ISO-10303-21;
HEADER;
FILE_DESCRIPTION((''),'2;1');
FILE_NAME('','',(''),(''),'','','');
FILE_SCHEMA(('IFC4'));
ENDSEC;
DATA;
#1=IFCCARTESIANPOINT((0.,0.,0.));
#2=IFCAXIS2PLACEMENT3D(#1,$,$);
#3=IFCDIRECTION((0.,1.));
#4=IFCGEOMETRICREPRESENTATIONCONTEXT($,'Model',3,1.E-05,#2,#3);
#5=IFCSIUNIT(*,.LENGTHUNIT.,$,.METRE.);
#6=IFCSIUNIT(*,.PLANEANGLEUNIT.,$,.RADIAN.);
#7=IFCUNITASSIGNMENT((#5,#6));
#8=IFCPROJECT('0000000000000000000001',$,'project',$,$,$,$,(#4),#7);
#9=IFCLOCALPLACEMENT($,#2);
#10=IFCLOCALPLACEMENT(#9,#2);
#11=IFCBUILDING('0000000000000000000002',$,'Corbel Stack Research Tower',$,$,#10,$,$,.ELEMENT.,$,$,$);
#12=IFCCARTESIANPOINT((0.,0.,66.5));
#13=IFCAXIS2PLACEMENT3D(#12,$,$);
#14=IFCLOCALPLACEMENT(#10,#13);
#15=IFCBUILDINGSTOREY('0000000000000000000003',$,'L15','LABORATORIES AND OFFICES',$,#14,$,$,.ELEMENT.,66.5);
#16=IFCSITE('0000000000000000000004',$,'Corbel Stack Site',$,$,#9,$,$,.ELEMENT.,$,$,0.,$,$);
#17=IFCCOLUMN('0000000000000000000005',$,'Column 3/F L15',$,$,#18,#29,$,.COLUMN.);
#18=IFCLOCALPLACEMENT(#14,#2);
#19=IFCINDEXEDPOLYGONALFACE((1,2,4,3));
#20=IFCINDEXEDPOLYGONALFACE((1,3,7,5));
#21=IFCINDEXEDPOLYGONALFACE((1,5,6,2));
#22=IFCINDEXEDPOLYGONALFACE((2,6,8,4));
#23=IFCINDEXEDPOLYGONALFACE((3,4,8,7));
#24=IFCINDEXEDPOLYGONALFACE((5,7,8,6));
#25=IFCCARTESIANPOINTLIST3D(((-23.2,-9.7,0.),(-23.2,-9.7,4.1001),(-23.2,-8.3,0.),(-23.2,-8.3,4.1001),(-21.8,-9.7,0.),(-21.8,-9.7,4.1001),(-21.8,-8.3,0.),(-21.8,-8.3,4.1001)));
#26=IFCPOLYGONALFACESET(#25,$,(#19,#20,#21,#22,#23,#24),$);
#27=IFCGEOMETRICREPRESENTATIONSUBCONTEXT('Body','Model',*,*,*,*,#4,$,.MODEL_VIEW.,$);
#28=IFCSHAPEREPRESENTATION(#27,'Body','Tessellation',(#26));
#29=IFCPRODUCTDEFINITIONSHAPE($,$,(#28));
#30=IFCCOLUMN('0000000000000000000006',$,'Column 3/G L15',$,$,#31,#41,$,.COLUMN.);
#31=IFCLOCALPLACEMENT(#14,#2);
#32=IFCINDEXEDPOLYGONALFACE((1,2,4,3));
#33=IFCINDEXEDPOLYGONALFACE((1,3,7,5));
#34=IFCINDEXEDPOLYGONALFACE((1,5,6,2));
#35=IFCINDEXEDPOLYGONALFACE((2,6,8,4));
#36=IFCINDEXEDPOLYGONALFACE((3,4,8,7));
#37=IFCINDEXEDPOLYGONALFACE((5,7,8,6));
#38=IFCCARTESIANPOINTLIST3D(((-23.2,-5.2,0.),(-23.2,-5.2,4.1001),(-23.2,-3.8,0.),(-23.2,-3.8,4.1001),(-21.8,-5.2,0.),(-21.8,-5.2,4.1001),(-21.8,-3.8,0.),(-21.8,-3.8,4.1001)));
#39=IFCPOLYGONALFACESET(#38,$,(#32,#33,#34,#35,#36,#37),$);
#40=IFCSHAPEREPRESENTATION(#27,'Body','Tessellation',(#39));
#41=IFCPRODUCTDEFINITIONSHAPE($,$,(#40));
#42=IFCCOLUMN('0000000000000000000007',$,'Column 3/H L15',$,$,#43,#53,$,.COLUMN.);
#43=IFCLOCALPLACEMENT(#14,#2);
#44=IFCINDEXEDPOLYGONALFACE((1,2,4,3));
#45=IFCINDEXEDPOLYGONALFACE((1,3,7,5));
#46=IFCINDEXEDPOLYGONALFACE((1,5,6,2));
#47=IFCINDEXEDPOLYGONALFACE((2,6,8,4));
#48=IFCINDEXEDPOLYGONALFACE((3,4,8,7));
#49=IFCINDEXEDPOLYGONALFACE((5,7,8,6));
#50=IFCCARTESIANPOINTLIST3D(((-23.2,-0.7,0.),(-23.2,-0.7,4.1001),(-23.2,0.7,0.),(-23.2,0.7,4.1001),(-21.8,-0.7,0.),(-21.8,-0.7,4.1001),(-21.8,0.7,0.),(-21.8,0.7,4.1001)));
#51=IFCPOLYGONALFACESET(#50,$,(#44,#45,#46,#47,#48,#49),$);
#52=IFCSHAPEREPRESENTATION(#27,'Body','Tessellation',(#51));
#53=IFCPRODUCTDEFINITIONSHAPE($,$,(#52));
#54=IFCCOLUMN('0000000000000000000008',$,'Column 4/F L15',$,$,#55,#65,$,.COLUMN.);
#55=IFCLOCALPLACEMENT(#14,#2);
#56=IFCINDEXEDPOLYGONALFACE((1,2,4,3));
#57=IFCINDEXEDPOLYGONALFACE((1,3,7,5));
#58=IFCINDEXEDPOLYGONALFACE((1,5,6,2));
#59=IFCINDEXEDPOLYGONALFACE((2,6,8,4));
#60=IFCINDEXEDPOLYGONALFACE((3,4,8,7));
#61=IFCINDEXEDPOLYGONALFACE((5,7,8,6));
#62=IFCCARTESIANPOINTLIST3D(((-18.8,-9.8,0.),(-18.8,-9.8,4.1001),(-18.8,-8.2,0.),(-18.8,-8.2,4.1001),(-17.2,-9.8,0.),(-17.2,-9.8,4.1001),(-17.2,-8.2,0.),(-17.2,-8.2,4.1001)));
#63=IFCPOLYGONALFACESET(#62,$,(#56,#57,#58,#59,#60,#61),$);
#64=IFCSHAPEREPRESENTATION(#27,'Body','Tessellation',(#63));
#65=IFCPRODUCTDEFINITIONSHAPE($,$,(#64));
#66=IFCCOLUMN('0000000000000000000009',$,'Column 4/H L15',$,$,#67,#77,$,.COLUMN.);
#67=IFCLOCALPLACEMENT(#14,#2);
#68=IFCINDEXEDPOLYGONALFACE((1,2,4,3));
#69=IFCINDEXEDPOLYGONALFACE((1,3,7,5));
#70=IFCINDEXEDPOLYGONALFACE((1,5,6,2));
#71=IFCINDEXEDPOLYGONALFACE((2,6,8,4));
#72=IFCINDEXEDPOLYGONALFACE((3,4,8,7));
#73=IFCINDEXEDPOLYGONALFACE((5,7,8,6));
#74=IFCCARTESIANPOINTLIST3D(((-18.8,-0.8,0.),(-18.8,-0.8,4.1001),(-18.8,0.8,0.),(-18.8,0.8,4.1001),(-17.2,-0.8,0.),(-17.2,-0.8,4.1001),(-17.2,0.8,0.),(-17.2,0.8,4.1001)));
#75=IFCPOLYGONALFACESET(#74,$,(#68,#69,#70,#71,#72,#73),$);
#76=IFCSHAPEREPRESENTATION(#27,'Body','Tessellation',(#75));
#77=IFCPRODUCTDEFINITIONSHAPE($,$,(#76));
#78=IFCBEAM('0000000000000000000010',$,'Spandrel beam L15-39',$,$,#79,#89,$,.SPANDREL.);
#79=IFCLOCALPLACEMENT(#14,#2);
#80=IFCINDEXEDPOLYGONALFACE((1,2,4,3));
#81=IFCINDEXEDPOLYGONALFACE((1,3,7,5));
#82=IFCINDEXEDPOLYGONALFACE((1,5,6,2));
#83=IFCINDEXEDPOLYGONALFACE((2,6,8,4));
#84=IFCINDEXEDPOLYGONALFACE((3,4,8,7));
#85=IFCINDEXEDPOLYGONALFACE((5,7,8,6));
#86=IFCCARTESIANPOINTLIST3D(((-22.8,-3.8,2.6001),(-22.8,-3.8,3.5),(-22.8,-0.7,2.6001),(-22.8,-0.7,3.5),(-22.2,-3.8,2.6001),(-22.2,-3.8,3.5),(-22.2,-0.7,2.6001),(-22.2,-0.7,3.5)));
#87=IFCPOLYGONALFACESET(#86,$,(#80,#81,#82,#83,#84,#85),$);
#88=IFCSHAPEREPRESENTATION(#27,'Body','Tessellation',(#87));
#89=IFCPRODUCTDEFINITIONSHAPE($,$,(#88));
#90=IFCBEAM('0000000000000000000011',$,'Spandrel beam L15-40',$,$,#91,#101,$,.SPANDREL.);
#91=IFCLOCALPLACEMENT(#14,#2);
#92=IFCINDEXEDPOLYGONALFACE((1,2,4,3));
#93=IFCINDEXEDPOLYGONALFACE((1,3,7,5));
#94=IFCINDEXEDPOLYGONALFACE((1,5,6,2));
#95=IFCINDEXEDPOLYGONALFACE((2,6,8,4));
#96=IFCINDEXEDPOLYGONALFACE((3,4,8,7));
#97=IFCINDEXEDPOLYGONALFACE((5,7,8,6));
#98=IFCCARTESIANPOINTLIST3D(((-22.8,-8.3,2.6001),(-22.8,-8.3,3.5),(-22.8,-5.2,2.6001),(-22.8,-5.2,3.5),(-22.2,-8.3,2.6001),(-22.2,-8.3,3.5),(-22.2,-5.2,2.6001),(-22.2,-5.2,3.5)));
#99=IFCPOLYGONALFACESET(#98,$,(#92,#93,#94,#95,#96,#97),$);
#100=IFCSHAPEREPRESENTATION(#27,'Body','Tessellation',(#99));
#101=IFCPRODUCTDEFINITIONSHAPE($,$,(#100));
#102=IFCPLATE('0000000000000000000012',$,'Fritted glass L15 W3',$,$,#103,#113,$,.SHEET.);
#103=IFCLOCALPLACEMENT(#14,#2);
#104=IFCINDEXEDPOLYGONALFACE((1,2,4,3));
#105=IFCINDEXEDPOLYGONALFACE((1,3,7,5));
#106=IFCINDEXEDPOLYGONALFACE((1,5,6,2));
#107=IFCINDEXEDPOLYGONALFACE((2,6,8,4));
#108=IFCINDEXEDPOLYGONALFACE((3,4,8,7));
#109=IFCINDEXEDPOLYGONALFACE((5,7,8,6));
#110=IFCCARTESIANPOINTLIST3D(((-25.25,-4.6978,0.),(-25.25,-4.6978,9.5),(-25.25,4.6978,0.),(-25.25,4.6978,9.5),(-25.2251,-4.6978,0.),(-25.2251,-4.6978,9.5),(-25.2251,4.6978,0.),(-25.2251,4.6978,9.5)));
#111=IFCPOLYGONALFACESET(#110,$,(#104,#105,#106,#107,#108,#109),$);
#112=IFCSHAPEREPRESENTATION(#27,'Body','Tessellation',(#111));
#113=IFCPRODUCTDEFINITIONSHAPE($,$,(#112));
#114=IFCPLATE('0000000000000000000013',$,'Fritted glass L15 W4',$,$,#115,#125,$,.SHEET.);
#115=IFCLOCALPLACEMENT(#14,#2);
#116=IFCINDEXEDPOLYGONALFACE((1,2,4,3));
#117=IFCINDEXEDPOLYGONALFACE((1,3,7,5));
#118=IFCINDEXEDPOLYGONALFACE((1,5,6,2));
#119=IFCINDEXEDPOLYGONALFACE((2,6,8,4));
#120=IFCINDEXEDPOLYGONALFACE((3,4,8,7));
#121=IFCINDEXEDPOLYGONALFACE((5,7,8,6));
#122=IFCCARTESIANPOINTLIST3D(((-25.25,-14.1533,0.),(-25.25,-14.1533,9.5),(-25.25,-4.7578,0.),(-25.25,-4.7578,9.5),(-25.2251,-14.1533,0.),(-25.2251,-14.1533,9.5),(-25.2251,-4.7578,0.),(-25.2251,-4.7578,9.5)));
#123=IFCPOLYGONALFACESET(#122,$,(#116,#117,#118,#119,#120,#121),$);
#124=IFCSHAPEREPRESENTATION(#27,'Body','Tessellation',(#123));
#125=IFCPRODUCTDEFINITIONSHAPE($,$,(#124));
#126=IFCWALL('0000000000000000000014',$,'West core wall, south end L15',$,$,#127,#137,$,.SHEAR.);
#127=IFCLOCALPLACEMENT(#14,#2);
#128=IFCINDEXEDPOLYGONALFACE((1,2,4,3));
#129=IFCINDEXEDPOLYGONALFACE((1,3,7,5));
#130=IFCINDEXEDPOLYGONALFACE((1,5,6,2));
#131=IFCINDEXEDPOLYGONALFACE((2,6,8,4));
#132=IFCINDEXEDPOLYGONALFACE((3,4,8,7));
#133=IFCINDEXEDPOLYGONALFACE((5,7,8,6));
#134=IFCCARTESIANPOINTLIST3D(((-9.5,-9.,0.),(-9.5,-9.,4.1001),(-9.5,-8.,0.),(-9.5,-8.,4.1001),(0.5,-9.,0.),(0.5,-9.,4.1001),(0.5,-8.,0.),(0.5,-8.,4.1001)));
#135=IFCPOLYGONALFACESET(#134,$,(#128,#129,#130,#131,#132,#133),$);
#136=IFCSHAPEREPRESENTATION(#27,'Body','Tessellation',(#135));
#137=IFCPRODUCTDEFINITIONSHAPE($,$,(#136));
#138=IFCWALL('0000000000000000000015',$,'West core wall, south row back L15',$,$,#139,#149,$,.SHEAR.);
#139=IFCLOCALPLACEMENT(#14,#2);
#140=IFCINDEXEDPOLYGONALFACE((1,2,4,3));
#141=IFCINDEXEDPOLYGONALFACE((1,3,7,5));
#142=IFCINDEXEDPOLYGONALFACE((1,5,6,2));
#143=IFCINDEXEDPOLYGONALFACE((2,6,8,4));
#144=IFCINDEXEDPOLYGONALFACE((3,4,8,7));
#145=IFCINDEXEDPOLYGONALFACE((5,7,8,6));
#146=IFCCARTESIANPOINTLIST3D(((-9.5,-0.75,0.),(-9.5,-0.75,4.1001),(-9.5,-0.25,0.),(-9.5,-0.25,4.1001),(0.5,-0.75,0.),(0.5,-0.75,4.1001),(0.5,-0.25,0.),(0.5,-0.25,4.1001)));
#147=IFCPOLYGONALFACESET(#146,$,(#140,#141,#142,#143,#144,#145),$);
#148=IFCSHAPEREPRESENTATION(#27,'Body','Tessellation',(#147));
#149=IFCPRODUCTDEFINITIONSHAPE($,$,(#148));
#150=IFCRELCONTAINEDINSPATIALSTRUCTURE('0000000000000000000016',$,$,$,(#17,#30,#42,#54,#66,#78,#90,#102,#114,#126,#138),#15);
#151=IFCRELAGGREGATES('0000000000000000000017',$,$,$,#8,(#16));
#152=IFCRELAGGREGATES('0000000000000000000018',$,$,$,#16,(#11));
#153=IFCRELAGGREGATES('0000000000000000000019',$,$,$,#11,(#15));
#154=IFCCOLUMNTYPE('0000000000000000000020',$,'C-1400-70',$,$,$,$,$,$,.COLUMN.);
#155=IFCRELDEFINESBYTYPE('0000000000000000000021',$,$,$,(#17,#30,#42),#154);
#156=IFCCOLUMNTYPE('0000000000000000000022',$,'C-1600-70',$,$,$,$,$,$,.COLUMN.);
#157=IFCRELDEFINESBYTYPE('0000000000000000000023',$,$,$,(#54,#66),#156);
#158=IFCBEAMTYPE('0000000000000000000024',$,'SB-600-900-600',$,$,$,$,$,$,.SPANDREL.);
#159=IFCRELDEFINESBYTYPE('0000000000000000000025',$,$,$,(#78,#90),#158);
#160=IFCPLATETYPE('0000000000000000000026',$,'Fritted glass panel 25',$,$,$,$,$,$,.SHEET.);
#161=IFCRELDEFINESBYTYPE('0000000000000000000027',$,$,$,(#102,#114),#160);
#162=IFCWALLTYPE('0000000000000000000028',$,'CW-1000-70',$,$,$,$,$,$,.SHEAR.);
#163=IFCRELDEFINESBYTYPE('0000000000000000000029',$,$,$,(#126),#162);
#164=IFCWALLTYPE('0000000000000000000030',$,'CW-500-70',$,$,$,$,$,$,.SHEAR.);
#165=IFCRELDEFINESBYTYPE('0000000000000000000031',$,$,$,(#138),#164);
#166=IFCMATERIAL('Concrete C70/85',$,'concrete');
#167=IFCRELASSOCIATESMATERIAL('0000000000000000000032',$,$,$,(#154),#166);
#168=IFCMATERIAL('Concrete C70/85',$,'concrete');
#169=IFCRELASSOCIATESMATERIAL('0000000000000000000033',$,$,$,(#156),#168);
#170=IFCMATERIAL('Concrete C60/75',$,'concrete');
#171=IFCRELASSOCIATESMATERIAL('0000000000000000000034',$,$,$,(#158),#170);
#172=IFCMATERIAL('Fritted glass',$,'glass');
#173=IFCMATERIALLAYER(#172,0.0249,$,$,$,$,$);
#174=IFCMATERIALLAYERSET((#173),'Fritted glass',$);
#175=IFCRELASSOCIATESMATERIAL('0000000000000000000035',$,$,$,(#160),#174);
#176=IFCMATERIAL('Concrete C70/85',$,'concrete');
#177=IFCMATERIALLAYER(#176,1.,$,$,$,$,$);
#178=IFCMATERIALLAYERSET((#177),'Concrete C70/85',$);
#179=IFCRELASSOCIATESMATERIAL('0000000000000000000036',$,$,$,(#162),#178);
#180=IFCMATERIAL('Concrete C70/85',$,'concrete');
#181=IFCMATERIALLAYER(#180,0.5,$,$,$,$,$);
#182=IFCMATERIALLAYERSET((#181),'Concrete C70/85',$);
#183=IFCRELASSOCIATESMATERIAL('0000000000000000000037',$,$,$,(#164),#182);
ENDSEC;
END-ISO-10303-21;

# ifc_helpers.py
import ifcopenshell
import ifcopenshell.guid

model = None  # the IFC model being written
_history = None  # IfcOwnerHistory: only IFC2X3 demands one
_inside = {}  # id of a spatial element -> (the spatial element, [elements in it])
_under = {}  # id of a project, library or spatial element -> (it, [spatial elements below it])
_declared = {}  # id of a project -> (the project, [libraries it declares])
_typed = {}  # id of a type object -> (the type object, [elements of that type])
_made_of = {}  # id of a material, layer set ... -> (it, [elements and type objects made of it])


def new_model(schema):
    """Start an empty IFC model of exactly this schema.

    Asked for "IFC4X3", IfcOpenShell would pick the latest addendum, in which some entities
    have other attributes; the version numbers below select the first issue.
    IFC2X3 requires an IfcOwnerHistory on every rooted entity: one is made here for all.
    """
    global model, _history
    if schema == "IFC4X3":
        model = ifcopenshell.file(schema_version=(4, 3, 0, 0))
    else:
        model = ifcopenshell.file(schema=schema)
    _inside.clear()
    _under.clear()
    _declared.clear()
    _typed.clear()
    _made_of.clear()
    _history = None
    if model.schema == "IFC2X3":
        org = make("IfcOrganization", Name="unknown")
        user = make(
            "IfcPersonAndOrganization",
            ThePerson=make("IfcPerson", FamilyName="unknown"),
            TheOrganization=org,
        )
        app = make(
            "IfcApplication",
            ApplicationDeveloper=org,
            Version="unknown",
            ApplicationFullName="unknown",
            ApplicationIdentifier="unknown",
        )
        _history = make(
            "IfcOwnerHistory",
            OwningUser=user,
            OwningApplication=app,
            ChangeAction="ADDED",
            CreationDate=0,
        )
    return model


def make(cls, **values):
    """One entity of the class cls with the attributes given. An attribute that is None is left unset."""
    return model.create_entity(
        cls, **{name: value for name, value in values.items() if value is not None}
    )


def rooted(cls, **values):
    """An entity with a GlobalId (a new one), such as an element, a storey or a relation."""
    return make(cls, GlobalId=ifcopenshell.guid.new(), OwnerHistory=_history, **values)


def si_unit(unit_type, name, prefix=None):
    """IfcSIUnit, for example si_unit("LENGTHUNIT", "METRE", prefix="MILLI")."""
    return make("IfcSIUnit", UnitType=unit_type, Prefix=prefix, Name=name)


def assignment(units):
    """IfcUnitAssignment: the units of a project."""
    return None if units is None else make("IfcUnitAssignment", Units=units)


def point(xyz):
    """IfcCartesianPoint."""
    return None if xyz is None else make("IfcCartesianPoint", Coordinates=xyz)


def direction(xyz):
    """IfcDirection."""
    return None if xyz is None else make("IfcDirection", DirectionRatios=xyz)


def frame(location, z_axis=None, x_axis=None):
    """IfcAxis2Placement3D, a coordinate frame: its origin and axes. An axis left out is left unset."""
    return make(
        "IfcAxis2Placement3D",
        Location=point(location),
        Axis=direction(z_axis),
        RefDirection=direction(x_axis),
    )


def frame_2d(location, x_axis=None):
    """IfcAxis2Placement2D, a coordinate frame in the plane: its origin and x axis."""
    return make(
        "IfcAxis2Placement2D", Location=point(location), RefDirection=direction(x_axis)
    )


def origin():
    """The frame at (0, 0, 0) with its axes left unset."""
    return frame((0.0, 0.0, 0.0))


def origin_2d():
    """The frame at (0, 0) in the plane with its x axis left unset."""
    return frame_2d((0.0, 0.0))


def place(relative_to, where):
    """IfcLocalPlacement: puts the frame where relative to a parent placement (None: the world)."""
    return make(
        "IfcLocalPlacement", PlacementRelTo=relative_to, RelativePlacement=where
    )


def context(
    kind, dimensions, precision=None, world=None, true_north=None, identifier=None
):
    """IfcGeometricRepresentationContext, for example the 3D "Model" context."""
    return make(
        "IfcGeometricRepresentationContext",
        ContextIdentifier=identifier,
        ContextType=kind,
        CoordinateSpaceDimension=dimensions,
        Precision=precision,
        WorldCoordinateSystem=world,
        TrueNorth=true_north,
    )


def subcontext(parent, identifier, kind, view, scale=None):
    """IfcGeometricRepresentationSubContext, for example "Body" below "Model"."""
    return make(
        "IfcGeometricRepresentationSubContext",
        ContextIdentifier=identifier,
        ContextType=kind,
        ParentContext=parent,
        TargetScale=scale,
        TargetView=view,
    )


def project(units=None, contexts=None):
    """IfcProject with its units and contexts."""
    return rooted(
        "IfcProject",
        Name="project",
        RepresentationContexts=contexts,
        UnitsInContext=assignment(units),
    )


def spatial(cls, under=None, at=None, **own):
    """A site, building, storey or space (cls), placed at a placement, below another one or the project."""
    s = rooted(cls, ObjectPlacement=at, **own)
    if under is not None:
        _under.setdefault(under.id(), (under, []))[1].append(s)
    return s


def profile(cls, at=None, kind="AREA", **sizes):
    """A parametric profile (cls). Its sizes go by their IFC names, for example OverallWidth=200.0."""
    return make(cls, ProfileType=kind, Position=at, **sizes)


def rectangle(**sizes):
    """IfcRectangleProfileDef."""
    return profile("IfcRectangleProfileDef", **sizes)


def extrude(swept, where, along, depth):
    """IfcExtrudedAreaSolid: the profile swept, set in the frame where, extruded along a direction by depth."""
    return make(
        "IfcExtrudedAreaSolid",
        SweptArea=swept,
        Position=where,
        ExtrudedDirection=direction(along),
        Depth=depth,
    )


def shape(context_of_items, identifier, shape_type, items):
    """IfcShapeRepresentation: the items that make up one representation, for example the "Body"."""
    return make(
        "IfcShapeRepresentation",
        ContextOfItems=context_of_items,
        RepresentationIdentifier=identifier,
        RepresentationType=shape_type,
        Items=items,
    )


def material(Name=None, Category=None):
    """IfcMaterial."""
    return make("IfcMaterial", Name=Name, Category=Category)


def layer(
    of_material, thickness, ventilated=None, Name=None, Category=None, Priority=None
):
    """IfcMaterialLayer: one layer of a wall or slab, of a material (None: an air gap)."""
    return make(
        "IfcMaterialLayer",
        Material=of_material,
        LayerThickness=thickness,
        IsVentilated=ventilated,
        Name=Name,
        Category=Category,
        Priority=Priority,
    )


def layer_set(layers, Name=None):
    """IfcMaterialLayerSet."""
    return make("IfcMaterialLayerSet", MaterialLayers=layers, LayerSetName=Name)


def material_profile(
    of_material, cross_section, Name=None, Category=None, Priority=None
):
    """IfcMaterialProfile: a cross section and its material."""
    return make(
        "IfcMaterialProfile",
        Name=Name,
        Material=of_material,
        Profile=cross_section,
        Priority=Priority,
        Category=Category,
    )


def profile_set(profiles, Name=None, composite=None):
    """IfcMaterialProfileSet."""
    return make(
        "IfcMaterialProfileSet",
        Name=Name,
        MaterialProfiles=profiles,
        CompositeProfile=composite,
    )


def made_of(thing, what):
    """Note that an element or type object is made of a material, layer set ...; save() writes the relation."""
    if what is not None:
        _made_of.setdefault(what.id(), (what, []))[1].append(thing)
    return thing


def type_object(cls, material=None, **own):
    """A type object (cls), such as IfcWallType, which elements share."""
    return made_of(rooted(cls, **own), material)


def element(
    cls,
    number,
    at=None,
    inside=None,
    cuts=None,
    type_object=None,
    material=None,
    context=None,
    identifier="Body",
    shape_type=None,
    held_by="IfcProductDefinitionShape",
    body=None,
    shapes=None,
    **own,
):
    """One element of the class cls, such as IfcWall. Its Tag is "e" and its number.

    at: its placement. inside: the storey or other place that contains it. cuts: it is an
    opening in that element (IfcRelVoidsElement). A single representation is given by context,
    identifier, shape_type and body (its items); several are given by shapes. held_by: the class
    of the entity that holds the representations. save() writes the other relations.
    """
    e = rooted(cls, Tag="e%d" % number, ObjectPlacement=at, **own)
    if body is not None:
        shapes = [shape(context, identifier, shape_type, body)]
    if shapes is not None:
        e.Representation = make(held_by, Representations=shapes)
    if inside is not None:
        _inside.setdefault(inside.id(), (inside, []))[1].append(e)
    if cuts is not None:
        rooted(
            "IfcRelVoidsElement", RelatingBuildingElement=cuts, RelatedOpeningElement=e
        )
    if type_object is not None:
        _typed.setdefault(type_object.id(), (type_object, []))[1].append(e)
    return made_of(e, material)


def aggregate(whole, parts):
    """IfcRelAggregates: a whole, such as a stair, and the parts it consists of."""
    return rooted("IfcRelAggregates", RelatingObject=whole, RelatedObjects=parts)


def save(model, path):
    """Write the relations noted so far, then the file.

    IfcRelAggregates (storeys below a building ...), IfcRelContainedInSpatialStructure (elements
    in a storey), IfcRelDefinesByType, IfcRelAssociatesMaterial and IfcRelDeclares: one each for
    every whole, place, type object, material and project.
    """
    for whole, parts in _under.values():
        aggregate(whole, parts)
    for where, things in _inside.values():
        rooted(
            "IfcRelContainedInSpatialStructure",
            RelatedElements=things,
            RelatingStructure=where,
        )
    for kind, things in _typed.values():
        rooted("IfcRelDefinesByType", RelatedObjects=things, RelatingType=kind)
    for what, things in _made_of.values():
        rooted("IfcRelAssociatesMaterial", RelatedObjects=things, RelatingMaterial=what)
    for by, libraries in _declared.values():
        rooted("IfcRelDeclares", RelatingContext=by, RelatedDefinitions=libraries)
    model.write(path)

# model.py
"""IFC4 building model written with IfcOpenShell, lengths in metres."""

from ifc_helpers import new_model, si_unit, direction, frame, frame_2d, origin, origin_2d, place, context, subcontext, project, spatial, rectangle, extrude, material, layer, layer_set, material_profile, profile_set, type_object, element, save


model = new_model("IFC4")

# Units and contexts
model_context = context("Model", 3, precision=1e-05, world=origin(), true_north=direction((0.0, 1.0)))
body_context = subcontext(model_context, "Body", "Model", "MODEL_VIEW")
ifc_project = project(units=[si_unit("LENGTHUNIT", "METRE"), si_unit("PLANEANGLEUNIT", "RADIAN")], contexts=[model_context])

# Site, building, storey
site_placement = place(None, origin())
site = spatial("IfcSite", under=ifc_project, at=site_placement, Name="Corbel Stack Site", CompositionType="ELEMENT", RefElevation=0.0)
building_placement = place(site_placement, origin())
building = spatial("IfcBuilding", under=site, at=building_placement, Name="Corbel Stack Research Tower", CompositionType="ELEMENT")
storey_placement = place(building_placement, frame((0.0, 0.0, 66.5)))
storey = spatial("IfcBuildingStorey", under=building, at=storey_placement, Name="L15", Description="LABORATORIES AND OFFICES", CompositionType="ELEMENT", Elevation=66.5)

# Columns
ifc_material_1 = material(Name="Concrete C70/85", Category="concrete")
ifc_material_profile_1 = material_profile(ifc_material_1, rectangle(XDim=1.3999, YDim=1.3999, at=origin_2d()), Name="RC 1400 x 1400")
ifc_profile_set_1 = profile_set([ifc_material_profile_1], Name="Concrete C70/85")
column_type_1 = type_object("IfcColumnType", Name="C-1400-70", PredefinedType="COLUMN", material=ifc_profile_set_1)
for number, where, z_axis, x_axis, name in (
    (1, (-22.5, -9.0, 0.0), (0.0, 0.0, 1.0), (1.0, 0.0, 0.0), "Column 3/F L15"),
    (2, (-22.5, -4.5, 0.0), (0.0, 0.0, 1.0), (1.0, 0.0, 0.0), "Column 3/G L15"),
    (3, (-22.5, 0.0, 0.0), (0.0, 0.0, 1.0), (1.0, 0.0, 0.0), "Column 3/H L15"),
):
    element("IfcColumn", number, at=place(storey_placement, frame(where, z_axis=z_axis, x_axis=x_axis)), inside=storey, type_object=column_type_1, Name=name, PredefinedType="COLUMN", context=body_context, shape_type="SweptSolid", body=[
        extrude(rectangle(XDim=1.3999, YDim=1.3999, at=origin_2d()), origin(), (0.0, 0.0, 1.0), 4.1001),
    ])
ifc_material_2 = material(Name="Concrete C70/85", Category="concrete")
ifc_material_profile_2 = material_profile(ifc_material_2, rectangle(XDim=1.6001, YDim=1.6001, at=origin_2d()), Name="RC 1600 x 1600")
ifc_profile_set_2 = profile_set([ifc_material_profile_2], Name="Concrete C70/85")
column_type_2 = type_object("IfcColumnType", Name="C-1600-70", PredefinedType="COLUMN", material=ifc_profile_set_2)
for number, where, z_axis, x_axis, name in (
    (4, (-18.0, -9.0, 0.0), (0.0, 0.0, 1.0), (1.0, 0.0, 0.0), "Column 4/F L15"),
    (5, (-18.0, 0.0, 0.0), (0.0, 0.0, 1.0), (1.0, 0.0, 0.0), "Column 4/H L15"),
):
    element("IfcColumn", number, at=place(storey_placement, frame(where, z_axis=z_axis, x_axis=x_axis)), inside=storey, type_object=column_type_2, Name=name, PredefinedType="COLUMN", context=body_context, shape_type="SweptSolid", body=[
        extrude(rectangle(XDim=1.6001, YDim=1.6001, at=origin_2d()), origin(), (0.0, 0.0, 1.0), 4.1001),
    ])

# Beams
ifc_material_3 = material(Name="Concrete C60/75", Category="concrete")
ifc_material_profile_3 = material_profile(ifc_material_3, rectangle(XDim=0.6001, YDim=0.8999, at=origin_2d()), Name="RC 600 x 900")
ifc_profile_set_3 = profile_set([ifc_material_profile_3], Name="Concrete C60/75")
beam_type = type_object("IfcBeamType", Name="SB-600-900-600", PredefinedType="SPANDREL", material=ifc_profile_set_3)
for number, where, z_axis, x_axis, name in (
    (6, (-22.5, -0.7, 3.05), (0.0, -1.0, 0.0), (1.0, 0.0, 0.0), "Spandrel beam L15-39"),
    (7, (-22.5, -5.2, 3.05), (0.0, -1.0, 0.0), (1.0, 0.0, 0.0), "Spandrel beam L15-40"),
):
    element("IfcBeam", number, at=place(storey_placement, frame(where, z_axis=z_axis, x_axis=x_axis)), inside=storey, type_object=beam_type, Name=name, PredefinedType="SPANDREL", context=body_context, shape_type="SweptSolid", body=[
        extrude(rectangle(XDim=0.6001, YDim=0.8999, at=origin_2d()), origin(), (0.0, 0.0, 1.0), 3.1001),
    ])

# Plates
ifc_material_4 = material(Name="Fritted glass", Category="glass")
ifc_layer_1 = layer(ifc_material_4, 0.0249)
ifc_layer_set_1 = layer_set([ifc_layer_1], Name="Fritted glass")
plate_type = type_object("IfcPlateType", Name="Fritted glass panel 25", PredefinedType="SHEET", material=ifc_layer_set_1)
for number, where, z_axis, x_axis, name in (
    (8, (-25.2375, 0.0, 0.0), (0.0, 0.0, 1.0), (0.0, -1.0, 0.0), "Fritted glass L15 W3"),
    (9, (-25.2375, -9.4556, 0.0), (0.0, 0.0, 1.0), (0.0, -1.0, 0.0), "Fritted glass L15 W4"),
):
    element("IfcPlate", number, at=place(storey_placement, frame(where, z_axis=z_axis, x_axis=x_axis)), inside=storey, type_object=plate_type, Name=name, PredefinedType="SHEET", context=body_context, shape_type="SweptSolid", body=[
        extrude(rectangle(XDim=9.3955, YDim=0.0249, at=origin_2d()), origin(), (0.0, 0.0, 1.0), 9.5),
    ])

# Shared definitions
ifc_material_5 = material(Name="Concrete C70/85", Category="concrete")
ifc_layer_2 = layer(ifc_material_5, 1.0)
ifc_layer_set_2 = layer_set([ifc_layer_2], Name="Concrete C70/85")
wall_type_1 = type_object("IfcWallType", Name="CW-1000-70", PredefinedType="SHEAR", material=ifc_layer_set_2)

# Walls
wall_1_placement = place(storey_placement, frame((-9.5, -8.5, 0.0), z_axis=(0.0, 0.0, 1.0), x_axis=(1.0, 0.0, 0.0)))
element("IfcWall", 10, at=wall_1_placement, inside=storey, type_object=wall_type_1, Name="West core wall, south end L15", PredefinedType="SHEAR", context=body_context, shape_type="SweptSolid", body=[
    extrude(rectangle(XDim=10.0, YDim=1.0, at=frame_2d((5.0, 0.0))), origin(), (0.0, 0.0, 1.0), 4.1001),
])
ifc_material_6 = material(Name="Concrete C70/85", Category="concrete")
ifc_layer_3 = layer(ifc_material_6, 0.5)
ifc_layer_set_3 = layer_set([ifc_layer_3], Name="Concrete C70/85")
wall_type_2 = type_object("IfcWallType", Name="CW-500-70", PredefinedType="SHEAR", material=ifc_layer_set_3)
wall_2_placement = place(storey_placement, frame((-9.5, -0.5, 0.0), z_axis=(0.0, 0.0, 1.0), x_axis=(1.0, 0.0, 0.0)))
element("IfcWall", 11, at=wall_2_placement, inside=storey, type_object=wall_type_2, Name="West core wall, south row back L15", PredefinedType="SHEAR", context=body_context, shape_type="SweptSolid", body=[
    extrude(rectangle(XDim=10.0, YDim=0.5, at=frame_2d((5.0, 0.0))), origin(), (0.0, 0.0, 1.0), 4.1001),
])

save(model, "model.ifc")
